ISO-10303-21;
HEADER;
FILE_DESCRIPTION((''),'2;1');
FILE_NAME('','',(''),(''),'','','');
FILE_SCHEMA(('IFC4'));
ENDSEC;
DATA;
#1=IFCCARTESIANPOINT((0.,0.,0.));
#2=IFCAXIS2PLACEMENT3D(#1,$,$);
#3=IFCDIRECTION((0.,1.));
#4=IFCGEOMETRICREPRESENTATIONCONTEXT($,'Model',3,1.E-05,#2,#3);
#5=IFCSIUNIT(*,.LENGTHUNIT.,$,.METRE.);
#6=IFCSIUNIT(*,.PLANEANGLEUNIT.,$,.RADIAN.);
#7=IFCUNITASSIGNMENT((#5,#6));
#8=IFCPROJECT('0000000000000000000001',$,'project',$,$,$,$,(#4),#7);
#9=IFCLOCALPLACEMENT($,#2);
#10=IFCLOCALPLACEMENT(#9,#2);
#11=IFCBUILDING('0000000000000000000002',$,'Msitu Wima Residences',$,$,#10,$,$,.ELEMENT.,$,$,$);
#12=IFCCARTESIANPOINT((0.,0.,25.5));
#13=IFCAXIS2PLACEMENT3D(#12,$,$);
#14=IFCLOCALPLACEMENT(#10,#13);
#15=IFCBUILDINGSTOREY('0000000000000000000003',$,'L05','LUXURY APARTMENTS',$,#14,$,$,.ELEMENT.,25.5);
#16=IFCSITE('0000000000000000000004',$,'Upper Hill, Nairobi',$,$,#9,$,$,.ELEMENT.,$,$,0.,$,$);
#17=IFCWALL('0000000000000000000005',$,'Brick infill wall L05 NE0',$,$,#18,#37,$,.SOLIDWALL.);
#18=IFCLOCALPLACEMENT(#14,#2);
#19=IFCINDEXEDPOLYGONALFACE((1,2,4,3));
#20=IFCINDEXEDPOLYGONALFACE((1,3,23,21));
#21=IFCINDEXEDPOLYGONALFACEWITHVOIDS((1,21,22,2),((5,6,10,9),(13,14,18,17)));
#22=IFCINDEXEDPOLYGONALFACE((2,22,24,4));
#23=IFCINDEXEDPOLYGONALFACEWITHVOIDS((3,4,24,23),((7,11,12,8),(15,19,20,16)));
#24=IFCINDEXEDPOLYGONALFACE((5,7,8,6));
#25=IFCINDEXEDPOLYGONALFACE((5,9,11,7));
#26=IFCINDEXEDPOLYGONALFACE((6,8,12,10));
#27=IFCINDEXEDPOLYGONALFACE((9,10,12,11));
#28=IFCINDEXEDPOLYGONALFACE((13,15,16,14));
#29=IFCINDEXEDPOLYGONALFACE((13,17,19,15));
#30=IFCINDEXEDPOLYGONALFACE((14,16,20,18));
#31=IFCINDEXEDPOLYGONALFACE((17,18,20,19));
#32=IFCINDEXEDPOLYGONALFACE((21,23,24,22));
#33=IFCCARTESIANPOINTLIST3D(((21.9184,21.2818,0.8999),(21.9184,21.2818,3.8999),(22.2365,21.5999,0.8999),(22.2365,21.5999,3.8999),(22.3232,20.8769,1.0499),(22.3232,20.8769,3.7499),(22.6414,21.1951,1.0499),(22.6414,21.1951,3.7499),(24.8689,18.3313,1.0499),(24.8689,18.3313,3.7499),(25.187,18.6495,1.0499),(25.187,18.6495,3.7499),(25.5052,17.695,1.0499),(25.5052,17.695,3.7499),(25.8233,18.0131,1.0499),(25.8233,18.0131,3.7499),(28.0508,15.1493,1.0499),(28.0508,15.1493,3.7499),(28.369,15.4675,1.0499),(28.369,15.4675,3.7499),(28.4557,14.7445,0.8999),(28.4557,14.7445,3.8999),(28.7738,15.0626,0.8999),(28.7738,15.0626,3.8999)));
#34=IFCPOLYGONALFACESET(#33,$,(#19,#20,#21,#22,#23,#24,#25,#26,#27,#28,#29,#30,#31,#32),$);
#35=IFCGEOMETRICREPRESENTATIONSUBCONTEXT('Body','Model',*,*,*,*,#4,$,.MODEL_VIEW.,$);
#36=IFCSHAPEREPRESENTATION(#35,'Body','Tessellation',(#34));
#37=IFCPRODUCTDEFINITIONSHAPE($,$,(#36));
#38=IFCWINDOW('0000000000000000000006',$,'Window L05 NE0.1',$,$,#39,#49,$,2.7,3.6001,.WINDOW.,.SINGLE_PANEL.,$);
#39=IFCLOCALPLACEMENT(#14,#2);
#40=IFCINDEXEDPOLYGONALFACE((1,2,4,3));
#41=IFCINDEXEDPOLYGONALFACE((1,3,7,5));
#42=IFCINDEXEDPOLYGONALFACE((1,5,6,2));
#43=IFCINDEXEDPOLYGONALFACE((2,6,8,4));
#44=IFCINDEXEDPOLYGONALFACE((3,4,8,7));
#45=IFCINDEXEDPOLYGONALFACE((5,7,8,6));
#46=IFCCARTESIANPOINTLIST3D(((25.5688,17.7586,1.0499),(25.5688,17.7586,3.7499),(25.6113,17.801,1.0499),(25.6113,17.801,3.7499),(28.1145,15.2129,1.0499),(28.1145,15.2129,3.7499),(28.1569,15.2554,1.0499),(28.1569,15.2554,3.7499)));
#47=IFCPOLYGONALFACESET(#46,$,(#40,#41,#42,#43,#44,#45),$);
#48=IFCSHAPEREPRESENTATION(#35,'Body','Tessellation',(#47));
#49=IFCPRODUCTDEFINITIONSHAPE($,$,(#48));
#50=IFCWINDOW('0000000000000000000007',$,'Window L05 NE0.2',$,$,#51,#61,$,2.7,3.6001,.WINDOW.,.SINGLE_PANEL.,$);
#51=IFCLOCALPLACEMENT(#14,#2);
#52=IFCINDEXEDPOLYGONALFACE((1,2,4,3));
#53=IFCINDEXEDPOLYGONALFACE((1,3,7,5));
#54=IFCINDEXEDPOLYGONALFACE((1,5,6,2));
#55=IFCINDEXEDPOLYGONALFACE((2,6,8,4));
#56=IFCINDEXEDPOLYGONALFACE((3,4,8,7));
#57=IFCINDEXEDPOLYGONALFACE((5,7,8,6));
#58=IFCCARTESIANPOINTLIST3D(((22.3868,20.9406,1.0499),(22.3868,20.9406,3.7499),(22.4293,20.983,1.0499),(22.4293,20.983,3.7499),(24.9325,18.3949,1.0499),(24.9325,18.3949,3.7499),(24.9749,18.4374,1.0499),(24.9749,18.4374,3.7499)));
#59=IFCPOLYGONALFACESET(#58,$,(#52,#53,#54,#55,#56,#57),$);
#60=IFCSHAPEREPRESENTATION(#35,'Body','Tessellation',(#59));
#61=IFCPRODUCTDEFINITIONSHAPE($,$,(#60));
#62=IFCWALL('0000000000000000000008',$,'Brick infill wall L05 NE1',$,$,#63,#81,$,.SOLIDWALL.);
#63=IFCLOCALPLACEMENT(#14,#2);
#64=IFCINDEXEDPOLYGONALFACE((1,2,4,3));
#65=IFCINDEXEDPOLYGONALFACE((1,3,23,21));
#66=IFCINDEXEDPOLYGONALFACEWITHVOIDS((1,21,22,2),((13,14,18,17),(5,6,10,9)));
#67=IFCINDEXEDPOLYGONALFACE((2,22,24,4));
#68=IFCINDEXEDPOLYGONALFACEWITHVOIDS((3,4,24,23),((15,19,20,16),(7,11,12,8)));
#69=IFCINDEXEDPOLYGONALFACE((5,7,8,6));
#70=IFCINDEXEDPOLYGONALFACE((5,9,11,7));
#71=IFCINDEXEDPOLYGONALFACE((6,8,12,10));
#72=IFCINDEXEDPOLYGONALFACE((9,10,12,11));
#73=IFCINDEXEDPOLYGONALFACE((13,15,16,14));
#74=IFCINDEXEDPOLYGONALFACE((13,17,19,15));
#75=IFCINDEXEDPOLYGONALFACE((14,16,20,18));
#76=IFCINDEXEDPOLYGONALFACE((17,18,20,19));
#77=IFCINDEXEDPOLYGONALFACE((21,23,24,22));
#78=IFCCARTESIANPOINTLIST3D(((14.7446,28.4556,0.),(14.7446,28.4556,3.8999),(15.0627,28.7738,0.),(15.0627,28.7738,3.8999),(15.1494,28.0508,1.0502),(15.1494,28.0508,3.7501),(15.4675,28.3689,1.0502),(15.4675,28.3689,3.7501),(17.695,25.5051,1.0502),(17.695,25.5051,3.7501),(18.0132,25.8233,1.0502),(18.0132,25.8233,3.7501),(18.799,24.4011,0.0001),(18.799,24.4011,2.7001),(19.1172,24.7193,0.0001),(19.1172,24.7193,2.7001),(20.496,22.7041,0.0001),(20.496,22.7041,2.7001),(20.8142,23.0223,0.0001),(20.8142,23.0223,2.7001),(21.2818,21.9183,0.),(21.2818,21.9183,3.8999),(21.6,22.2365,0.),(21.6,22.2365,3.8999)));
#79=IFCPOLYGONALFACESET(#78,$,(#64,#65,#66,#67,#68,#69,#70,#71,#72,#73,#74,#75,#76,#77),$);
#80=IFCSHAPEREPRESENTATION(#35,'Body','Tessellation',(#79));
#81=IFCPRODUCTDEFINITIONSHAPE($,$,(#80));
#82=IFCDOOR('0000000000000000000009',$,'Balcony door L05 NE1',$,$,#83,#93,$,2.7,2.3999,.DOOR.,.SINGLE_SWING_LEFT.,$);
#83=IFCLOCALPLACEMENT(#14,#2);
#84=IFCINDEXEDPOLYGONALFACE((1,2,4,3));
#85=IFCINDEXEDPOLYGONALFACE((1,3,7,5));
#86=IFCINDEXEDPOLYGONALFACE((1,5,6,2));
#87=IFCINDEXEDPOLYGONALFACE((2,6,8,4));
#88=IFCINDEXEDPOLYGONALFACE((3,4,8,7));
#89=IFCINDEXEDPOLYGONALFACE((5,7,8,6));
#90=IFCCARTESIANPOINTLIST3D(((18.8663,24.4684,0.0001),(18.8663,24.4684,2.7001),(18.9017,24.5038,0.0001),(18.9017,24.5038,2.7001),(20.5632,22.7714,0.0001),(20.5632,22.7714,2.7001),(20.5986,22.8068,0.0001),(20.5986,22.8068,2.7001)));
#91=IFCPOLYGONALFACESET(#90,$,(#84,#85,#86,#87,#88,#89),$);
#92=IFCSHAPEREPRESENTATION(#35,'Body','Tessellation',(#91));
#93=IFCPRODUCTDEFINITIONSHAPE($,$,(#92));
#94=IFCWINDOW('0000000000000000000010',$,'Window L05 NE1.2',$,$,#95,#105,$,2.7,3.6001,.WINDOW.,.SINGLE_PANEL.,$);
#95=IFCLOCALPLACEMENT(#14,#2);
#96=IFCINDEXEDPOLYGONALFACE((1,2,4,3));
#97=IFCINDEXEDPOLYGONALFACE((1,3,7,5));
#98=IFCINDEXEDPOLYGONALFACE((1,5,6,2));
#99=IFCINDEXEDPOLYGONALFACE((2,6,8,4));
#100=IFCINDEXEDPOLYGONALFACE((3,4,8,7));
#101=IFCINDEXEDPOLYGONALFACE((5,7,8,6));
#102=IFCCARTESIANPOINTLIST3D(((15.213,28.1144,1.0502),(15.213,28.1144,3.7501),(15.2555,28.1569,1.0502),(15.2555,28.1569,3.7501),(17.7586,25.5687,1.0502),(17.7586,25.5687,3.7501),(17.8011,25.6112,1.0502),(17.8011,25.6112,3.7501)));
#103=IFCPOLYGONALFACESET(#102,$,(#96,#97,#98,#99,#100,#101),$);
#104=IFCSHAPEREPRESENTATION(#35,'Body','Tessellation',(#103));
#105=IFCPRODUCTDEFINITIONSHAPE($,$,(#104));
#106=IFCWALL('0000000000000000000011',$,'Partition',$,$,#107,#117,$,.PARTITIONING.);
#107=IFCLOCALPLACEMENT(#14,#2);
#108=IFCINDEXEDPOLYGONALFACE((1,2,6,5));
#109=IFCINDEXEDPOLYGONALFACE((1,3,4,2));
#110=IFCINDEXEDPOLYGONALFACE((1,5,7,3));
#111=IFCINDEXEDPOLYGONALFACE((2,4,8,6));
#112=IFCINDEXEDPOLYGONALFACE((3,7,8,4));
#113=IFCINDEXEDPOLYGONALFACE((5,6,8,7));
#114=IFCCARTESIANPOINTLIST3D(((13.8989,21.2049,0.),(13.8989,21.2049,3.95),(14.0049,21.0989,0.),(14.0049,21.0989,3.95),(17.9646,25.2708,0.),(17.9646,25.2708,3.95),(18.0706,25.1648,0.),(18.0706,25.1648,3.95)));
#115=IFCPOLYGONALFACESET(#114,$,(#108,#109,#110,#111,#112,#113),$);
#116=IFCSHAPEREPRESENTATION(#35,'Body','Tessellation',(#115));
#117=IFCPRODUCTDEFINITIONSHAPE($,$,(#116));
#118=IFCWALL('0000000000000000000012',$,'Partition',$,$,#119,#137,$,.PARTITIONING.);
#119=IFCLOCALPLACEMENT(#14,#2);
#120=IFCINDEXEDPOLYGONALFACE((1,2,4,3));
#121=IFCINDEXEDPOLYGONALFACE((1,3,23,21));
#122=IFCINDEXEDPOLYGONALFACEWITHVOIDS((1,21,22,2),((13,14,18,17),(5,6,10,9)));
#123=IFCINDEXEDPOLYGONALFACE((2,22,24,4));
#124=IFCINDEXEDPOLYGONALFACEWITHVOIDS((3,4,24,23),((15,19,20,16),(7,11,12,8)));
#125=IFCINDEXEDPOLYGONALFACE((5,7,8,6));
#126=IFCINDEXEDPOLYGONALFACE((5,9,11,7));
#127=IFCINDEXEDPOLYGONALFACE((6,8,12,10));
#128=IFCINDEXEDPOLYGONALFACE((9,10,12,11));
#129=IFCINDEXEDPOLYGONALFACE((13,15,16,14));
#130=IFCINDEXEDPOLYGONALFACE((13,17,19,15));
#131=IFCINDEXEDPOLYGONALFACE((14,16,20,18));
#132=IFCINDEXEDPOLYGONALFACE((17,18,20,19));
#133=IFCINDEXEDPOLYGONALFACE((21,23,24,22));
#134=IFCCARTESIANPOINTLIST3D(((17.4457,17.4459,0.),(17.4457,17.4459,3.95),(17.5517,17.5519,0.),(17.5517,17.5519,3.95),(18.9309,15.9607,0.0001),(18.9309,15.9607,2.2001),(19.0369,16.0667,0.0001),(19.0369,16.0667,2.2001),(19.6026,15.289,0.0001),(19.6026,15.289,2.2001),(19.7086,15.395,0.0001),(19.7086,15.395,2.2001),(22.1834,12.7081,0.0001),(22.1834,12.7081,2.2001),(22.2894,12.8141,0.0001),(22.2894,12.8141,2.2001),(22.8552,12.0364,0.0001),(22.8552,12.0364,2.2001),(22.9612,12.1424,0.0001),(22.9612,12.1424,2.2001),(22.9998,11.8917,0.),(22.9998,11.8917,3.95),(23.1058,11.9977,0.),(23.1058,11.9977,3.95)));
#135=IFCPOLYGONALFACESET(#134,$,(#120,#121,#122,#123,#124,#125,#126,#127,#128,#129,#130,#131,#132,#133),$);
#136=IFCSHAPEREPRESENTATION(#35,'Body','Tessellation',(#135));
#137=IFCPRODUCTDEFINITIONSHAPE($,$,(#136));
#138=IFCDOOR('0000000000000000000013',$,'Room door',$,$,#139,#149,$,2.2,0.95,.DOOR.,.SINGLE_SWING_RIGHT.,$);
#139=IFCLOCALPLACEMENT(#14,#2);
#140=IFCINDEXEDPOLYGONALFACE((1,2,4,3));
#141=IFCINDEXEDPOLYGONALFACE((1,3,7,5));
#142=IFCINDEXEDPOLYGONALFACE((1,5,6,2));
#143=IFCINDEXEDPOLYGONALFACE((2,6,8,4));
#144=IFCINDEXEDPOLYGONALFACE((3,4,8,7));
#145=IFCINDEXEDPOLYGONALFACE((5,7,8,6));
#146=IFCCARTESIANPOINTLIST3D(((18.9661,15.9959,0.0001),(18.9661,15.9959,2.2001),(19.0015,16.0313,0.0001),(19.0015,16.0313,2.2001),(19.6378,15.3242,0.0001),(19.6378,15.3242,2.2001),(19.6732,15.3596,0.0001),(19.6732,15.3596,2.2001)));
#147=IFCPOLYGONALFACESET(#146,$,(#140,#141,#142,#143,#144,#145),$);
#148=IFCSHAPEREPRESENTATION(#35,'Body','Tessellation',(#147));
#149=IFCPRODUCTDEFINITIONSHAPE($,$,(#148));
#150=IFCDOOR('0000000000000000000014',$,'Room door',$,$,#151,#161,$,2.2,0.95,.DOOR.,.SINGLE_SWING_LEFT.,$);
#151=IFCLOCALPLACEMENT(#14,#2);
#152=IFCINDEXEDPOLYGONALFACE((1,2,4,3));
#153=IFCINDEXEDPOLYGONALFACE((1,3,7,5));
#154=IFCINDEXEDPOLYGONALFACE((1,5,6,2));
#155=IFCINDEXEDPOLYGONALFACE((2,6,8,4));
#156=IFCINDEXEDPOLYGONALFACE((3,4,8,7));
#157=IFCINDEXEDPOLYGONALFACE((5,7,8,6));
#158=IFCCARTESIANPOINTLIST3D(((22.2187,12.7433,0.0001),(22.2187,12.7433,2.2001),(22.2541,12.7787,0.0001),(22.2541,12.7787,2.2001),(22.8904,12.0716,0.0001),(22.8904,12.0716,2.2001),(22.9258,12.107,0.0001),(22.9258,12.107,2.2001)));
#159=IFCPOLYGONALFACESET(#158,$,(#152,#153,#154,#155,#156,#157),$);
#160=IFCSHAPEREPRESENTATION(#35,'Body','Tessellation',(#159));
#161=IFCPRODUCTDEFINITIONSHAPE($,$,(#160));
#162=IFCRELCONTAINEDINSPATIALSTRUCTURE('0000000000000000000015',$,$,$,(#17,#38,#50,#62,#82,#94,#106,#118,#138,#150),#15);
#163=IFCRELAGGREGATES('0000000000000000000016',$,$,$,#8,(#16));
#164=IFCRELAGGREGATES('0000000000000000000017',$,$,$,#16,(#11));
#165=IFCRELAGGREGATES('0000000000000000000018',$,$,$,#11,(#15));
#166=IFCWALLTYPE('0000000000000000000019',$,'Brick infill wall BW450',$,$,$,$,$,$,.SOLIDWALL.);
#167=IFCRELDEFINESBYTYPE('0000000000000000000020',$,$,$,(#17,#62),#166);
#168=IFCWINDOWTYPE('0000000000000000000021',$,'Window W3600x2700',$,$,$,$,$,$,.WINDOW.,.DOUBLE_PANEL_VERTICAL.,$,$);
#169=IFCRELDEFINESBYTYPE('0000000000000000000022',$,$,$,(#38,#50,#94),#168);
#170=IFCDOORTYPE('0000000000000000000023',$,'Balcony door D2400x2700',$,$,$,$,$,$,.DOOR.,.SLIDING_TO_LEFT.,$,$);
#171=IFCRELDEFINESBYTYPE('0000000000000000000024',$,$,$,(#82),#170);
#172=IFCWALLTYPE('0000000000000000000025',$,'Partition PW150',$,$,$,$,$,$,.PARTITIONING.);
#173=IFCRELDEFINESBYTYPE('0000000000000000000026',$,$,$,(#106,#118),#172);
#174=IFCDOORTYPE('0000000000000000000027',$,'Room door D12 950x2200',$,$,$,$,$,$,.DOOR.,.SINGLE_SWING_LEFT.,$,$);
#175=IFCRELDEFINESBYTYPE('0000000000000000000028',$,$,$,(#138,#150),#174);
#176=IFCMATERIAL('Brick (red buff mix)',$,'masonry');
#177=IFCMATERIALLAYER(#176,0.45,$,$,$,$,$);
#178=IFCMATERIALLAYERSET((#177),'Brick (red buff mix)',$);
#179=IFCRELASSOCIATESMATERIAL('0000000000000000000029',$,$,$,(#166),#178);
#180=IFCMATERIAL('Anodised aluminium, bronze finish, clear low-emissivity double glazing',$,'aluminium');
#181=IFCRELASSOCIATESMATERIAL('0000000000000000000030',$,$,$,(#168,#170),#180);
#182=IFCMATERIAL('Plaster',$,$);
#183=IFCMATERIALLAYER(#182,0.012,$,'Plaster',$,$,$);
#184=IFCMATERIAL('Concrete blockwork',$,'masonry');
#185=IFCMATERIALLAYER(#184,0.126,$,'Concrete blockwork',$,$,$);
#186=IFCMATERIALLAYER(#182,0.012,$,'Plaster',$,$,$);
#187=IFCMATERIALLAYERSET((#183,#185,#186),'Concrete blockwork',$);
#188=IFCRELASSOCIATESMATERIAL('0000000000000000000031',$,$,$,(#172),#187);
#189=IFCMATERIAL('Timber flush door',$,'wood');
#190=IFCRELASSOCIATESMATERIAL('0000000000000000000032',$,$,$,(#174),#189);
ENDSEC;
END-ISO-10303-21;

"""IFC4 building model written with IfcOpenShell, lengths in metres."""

from ifc_helpers import new_model, si_unit, direction, frame, frame_2d, origin, place, context, subcontext, project, spatial, rectangle, extrude, material, layer, layer_set, type_object, element, fill, save


model = new_model("IFC4")

# Units and contexts
model_context = context("Model", 3, precision=1e-05, world=origin(), true_north=direction((0.0, 1.0)))
body_context = subcontext(model_context, "Body", "Model", "MODEL_VIEW")
ifc_project = project(units=[si_unit("LENGTHUNIT", "METRE"), si_unit("PLANEANGLEUNIT", "RADIAN")], contexts=[model_context])

# Site, building, storey
site_placement = place(None, origin())
site = spatial("IfcSite", under=ifc_project, at=site_placement, Name="Upper Hill, Nairobi", CompositionType="ELEMENT", RefElevation=0.0)
building_placement = place(site_placement, origin())
building = spatial("IfcBuilding", under=site, at=building_placement, Name="Msitu Wima Residences", CompositionType="ELEMENT")
storey_placement = place(building_placement, frame((0.0, 0.0, 25.5)))
storey = spatial("IfcBuildingStorey", under=building, at=storey_placement, Name="L05", Description="LUXURY APARTMENTS", CompositionType="ELEMENT", Elevation=25.5)

# Wall, openings, windows
ifc_material_1 = material(Name="Brick (red buff mix)", Category="masonry")
ifc_layer_1 = layer(ifc_material_1, 0.45)
ifc_layer_set_1 = layer_set([ifc_layer_1], Name="Brick (red buff mix)")
wall_type_1 = type_object("IfcWallType", Name="Brick infill wall BW450", PredefinedType="SOLIDWALL", material=ifc_layer_set_1)
wall_1_placement = place(storey_placement, frame((28.6147, 14.9036, 0.8999), z_axis=(0.0, 0.0, 1.0), x_axis=(-0.707107, 0.707107, 0.0)))
wall_1 = element("IfcWall", 1, at=wall_1_placement, inside=storey, type_object=wall_type_1, Name="Brick infill wall L05 NE0", PredefinedType="SOLIDWALL", context=body_context, shape_type="SweptSolid", body=[
    extrude(rectangle(XDim=9.2451, YDim=0.45, at=frame_2d((4.6226, 0.0))), origin(), (0.0, 0.0, 1.0), 3.0),
])
opening_1_placement = place(wall_1_placement, frame((0.5725, 0.0, 0.1499)))
opening_1 = element("IfcOpeningElement", 2, at=opening_1_placement, cuts=wall_1, PredefinedType="OPENING", context=body_context, shape_type="SweptSolid", body=[
    extrude(rectangle(XDim=3.6001, YDim=2.7, at=frame_2d((1.8, 1.3501))), frame((0.0, 0.2349, 0.0), z_axis=(0.0, -1.0, 0.0), x_axis=(1.0, 0.0, 0.0)), (0.0, 0.0, 1.0), 0.47),
])
opening_2_placement = place(wall_1_placement, frame((5.0725, 0.0, 0.1499)))
opening_2 = element("IfcOpeningElement", 3, at=opening_2_placement, cuts=wall_1, PredefinedType="OPENING", context=body_context, shape_type="SweptSolid", body=[
    extrude(rectangle(XDim=3.6001, YDim=2.7, at=frame_2d((1.8, 1.3501))), frame((0.0, 0.2349, 0.0), z_axis=(0.0, -1.0, 0.0), x_axis=(1.0, 0.0, 0.0)), (0.0, 0.0, 1.0), 0.47),
])
ifc_material_2 = material(Name="Anodised aluminium, bronze finish, clear low-emissivity double glazing", Category="aluminium")
window_type = type_object("IfcWindowType", Name="Window W3600x2700", PartitioningType="DOUBLE_PANEL_VERTICAL", PredefinedType="WINDOW", material=ifc_material_2)
window_1_placement = place(opening_1_placement, origin())
window_1 = element("IfcWindow", 4, at=window_1_placement, inside=storey, type_object=window_type, Name="Window L05 NE0.1", OverallHeight=2.7, OverallWidth=3.6001, PartitioningType="SINGLE_PANEL", PredefinedType="WINDOW", context=body_context, shape_type="SweptSolid", body=[
    extrude(rectangle(XDim=3.6001, YDim=2.7, at=frame_2d((1.8, 1.3501))), frame((0.0, 0.135, 0.0), z_axis=(0.0, -1.0, 0.0), x_axis=(1.0, 0.0, 0.0)), (0.0, 0.0, 1.0), 0.0601),
])
fill(opening_1, window_1)
window_2_placement = place(opening_2_placement, origin())
window_2 = element("IfcWindow", 5, at=window_2_placement, inside=storey, type_object=window_type, Name="Window L05 NE0.2", OverallHeight=2.7, OverallWidth=3.6001, PartitioningType="SINGLE_PANEL", PredefinedType="WINDOW", context=body_context, shape_type="SweptSolid", body=[
    extrude(rectangle(XDim=3.6001, YDim=2.7, at=frame_2d((1.8, 1.3501))), frame((0.0, 0.135, 0.0), z_axis=(0.0, -1.0, 0.0), x_axis=(1.0, 0.0, 0.0)), (0.0, 0.0, 1.0), 0.0601),
])
fill(opening_2, window_2)

# Wall, openings, door, window
wall_2_placement = place(storey_placement, frame((21.4409, 22.0774, 0.0), z_axis=(0.0, 0.0, 1.0), x_axis=(-0.707107, 0.707107, 0.0)))
wall_2 = element("IfcWall", 6, at=wall_2_placement, inside=storey, type_object=wall_type_1, Name="Brick infill wall L05 NE1", PredefinedType="SOLIDWALL", context=body_context, shape_type="SweptSolid", body=[
    extrude(rectangle(XDim=9.2451, YDim=0.45, at=frame_2d((4.6226, 0.0))), origin(), (0.0, 0.0, 1.0), 3.8999),
])
opening_3_placement = place(wall_2_placement, frame((1.1113, 0.0, 0.0)))
opening_3 = element("IfcOpeningElement", 7, at=opening_3_placement, cuts=wall_2, PredefinedType="OPENING", context=body_context, shape_type="SweptSolid", body=[
    extrude(rectangle(XDim=2.3999, YDim=2.7, at=frame_2d((1.2, 1.3501))), frame((0.0, 0.2349, 0.0), z_axis=(0.0, -1.0, 0.0), x_axis=(1.0, 0.0, 0.0)), (0.0, 0.0, 1.0), 0.47),
])
opening_4_placement = place(wall_2_placement, frame((5.0725, 0.0, 1.05)))
opening_4 = element("IfcOpeningElement", 8, at=opening_4_placement, cuts=wall_2, PredefinedType="OPENING", context=body_context, shape_type="SweptSolid", body=[
    extrude(rectangle(XDim=3.6001, YDim=2.7, at=frame_2d((1.8, 1.3501))), frame((0.0, 0.2349, 0.0), z_axis=(0.0, -1.0, 0.0), x_axis=(1.0, 0.0, 0.0)), (0.0, 0.0, 1.0), 0.47),
])
door_type_1 = type_object("IfcDoorType", Name="Balcony door D2400x2700", OperationType="SLIDING_TO_LEFT", PredefinedType="DOOR", material=ifc_material_2)
door_1_placement = place(opening_3_placement, origin())
door_1 = element("IfcDoor", 9, at=door_1_placement, inside=storey, type_object=door_type_1, Name="Balcony door L05 NE1", OperationType="SINGLE_SWING_LEFT", OverallHeight=2.7, OverallWidth=2.3999, PredefinedType="DOOR", context=body_context, shape_type="SweptSolid", body=[
    extrude(rectangle(XDim=2.3999, YDim=2.7, at=frame_2d((1.2, 1.3501))), frame((0.0, 0.1299, 0.0), z_axis=(0.0, -1.0, 0.0), x_axis=(1.0, 0.0, 0.0)), (0.0, 0.0, 1.0), 0.05),
])
fill(opening_3, door_1)
window_3_placement = place(opening_4_placement, origin())
window_3 = element("IfcWindow", 10, at=window_3_placement, inside=storey, type_object=window_type, Name="Window L05 NE1.2", OverallHeight=2.7, OverallWidth=3.6001, PartitioningType="SINGLE_PANEL", PredefinedType="WINDOW", context=body_context, shape_type="SweptSolid", body=[
    extrude(rectangle(XDim=3.6001, YDim=2.7, at=frame_2d((1.8, 1.3501))), frame((0.0, 0.135, 0.0), z_axis=(0.0, -1.0, 0.0), x_axis=(1.0, 0.0, 0.0)), (0.0, 0.0, 1.0), 0.0601),
])
fill(opening_4, window_3)

# Wall
ifc_material_3 = material(Name="Plaster")
ifc_layer_2 = layer(ifc_material_3, 0.012, Name="Plaster")
ifc_material_4 = material(Name="Concrete blockwork", Category="masonry")
ifc_layer_3 = layer(ifc_material_4, 0.126, Name="Concrete blockwork")
ifc_layer_4 = layer(ifc_material_3, 0.012, Name="Plaster")
ifc_layer_set_2 = layer_set([ifc_layer_2, ifc_layer_3, ifc_layer_4], Name="Concrete blockwork")
wall_type_2 = type_object("IfcWallType", Name="Partition PW150", PredefinedType="PARTITIONING", material=ifc_layer_set_2)
wall_3_placement = place(storey_placement, frame((13.9519, 21.1519, 0.0), z_axis=(0.0, 0.0, 1.0), x_axis=(0.707086, 0.707128, 0.0)))
element("IfcWall", 11, at=wall_3_placement, inside=storey, type_object=wall_type_2, Name="Partition", PredefinedType="PARTITIONING", context=body_context, shape_type="SweptSolid", body=[
    extrude(rectangle(XDim=5.75, YDim=0.1499, at=frame_2d((2.875, 0.0))), origin(), (0.0, 0.0, 1.0), 3.95),
])

# Wall, openings, doors
wall_4_placement = place(storey_placement, frame((17.4988, 17.4988, 0.0), z_axis=(0.0, 0.0, 1.0), x_axis=(0.707107, -0.707107, 0.0)))
wall_4 = element("IfcWall", 12, at=wall_4_placement, inside=storey, type_object=wall_type_2, Name="Partition", PredefinedType="PARTITIONING", context=body_context, shape_type="SweptSolid", body=[
    extrude(rectangle(XDim=7.8547, YDim=0.1499, at=frame_2d((3.9272, 0.0))), origin(), (0.0, 0.0, 1.0), 3.95),
])
opening_5_placement = place(wall_4_placement, frame((2.1001, 0.0, 0.0)))
opening_5 = element("IfcOpeningElement", 13, at=opening_5_placement, cuts=wall_4, PredefinedType="OPENING", context=body_context, shape_type="SweptSolid", body=[
    extrude(rectangle(XDim=0.95, YDim=2.2, at=frame_2d((0.4751, 1.1001))), frame((0.0, 0.085, 0.0), z_axis=(0.0, -1.0, 0.0), x_axis=(1.0, 0.0, 0.0)), (0.0, 0.0, 1.0), 0.1699),
])
opening_6_placement = place(wall_4_placement, frame((6.7, 0.0, 0.0)))
opening_6 = element("IfcOpeningElement", 14, at=opening_6_placement, cuts=wall_4, PredefinedType="OPENING", context=body_context, shape_type="SweptSolid", body=[
    extrude(rectangle(XDim=0.95, YDim=2.2, at=frame_2d((0.4751, 1.1001))), frame((0.0, 0.085, 0.0), z_axis=(0.0, -1.0, 0.0), x_axis=(1.0, 0.0, 0.0)), (0.0, 0.0, 1.0), 0.1699),
])
ifc_material_5 = material(Name="Timber flush door", Category="wood")
door_type_2 = type_object("IfcDoorType", Name="Room door D12 950x2200", OperationType="SINGLE_SWING_LEFT", PredefinedType="DOOR", material=ifc_material_5)
door_2_placement = place(opening_5_placement, origin())
door_2 = element("IfcDoor", 15, at=door_2_placement, inside=storey, type_object=door_type_2, Name="Room door", OperationType="SINGLE_SWING_RIGHT", OverallHeight=2.2, OverallWidth=0.95, PredefinedType="DOOR", context=body_context, shape_type="SweptSolid", body=[
    extrude(rectangle(XDim=0.95, YDim=2.2, at=frame_2d((0.4751, 1.1001))), frame((0.0, 0.0249, 0.0), z_axis=(0.0, -1.0, 0.0), x_axis=(1.0, 0.0, 0.0)), (0.0, 0.0, 1.0), 0.05),
])
fill(opening_5, door_2)
door_3_placement = place(opening_6_placement, origin())
door_3 = element("IfcDoor", 16, at=door_3_placement, inside=storey, type_object=door_type_2, Name="Room door", OperationType="SINGLE_SWING_LEFT", OverallHeight=2.2, OverallWidth=0.95, PredefinedType="DOOR", context=body_context, shape_type="SweptSolid", body=[
    extrude(rectangle(XDim=0.95, YDim=2.2, at=frame_2d((0.4751, 1.1001))), frame((0.0, 0.0249, 0.0), z_axis=(0.0, -1.0, 0.0), x_axis=(1.0, 0.0, 0.0)), (0.0, 0.0, 1.0), 0.05),
])
fill(opening_6, door_3)

save(model, "model.ifc")
